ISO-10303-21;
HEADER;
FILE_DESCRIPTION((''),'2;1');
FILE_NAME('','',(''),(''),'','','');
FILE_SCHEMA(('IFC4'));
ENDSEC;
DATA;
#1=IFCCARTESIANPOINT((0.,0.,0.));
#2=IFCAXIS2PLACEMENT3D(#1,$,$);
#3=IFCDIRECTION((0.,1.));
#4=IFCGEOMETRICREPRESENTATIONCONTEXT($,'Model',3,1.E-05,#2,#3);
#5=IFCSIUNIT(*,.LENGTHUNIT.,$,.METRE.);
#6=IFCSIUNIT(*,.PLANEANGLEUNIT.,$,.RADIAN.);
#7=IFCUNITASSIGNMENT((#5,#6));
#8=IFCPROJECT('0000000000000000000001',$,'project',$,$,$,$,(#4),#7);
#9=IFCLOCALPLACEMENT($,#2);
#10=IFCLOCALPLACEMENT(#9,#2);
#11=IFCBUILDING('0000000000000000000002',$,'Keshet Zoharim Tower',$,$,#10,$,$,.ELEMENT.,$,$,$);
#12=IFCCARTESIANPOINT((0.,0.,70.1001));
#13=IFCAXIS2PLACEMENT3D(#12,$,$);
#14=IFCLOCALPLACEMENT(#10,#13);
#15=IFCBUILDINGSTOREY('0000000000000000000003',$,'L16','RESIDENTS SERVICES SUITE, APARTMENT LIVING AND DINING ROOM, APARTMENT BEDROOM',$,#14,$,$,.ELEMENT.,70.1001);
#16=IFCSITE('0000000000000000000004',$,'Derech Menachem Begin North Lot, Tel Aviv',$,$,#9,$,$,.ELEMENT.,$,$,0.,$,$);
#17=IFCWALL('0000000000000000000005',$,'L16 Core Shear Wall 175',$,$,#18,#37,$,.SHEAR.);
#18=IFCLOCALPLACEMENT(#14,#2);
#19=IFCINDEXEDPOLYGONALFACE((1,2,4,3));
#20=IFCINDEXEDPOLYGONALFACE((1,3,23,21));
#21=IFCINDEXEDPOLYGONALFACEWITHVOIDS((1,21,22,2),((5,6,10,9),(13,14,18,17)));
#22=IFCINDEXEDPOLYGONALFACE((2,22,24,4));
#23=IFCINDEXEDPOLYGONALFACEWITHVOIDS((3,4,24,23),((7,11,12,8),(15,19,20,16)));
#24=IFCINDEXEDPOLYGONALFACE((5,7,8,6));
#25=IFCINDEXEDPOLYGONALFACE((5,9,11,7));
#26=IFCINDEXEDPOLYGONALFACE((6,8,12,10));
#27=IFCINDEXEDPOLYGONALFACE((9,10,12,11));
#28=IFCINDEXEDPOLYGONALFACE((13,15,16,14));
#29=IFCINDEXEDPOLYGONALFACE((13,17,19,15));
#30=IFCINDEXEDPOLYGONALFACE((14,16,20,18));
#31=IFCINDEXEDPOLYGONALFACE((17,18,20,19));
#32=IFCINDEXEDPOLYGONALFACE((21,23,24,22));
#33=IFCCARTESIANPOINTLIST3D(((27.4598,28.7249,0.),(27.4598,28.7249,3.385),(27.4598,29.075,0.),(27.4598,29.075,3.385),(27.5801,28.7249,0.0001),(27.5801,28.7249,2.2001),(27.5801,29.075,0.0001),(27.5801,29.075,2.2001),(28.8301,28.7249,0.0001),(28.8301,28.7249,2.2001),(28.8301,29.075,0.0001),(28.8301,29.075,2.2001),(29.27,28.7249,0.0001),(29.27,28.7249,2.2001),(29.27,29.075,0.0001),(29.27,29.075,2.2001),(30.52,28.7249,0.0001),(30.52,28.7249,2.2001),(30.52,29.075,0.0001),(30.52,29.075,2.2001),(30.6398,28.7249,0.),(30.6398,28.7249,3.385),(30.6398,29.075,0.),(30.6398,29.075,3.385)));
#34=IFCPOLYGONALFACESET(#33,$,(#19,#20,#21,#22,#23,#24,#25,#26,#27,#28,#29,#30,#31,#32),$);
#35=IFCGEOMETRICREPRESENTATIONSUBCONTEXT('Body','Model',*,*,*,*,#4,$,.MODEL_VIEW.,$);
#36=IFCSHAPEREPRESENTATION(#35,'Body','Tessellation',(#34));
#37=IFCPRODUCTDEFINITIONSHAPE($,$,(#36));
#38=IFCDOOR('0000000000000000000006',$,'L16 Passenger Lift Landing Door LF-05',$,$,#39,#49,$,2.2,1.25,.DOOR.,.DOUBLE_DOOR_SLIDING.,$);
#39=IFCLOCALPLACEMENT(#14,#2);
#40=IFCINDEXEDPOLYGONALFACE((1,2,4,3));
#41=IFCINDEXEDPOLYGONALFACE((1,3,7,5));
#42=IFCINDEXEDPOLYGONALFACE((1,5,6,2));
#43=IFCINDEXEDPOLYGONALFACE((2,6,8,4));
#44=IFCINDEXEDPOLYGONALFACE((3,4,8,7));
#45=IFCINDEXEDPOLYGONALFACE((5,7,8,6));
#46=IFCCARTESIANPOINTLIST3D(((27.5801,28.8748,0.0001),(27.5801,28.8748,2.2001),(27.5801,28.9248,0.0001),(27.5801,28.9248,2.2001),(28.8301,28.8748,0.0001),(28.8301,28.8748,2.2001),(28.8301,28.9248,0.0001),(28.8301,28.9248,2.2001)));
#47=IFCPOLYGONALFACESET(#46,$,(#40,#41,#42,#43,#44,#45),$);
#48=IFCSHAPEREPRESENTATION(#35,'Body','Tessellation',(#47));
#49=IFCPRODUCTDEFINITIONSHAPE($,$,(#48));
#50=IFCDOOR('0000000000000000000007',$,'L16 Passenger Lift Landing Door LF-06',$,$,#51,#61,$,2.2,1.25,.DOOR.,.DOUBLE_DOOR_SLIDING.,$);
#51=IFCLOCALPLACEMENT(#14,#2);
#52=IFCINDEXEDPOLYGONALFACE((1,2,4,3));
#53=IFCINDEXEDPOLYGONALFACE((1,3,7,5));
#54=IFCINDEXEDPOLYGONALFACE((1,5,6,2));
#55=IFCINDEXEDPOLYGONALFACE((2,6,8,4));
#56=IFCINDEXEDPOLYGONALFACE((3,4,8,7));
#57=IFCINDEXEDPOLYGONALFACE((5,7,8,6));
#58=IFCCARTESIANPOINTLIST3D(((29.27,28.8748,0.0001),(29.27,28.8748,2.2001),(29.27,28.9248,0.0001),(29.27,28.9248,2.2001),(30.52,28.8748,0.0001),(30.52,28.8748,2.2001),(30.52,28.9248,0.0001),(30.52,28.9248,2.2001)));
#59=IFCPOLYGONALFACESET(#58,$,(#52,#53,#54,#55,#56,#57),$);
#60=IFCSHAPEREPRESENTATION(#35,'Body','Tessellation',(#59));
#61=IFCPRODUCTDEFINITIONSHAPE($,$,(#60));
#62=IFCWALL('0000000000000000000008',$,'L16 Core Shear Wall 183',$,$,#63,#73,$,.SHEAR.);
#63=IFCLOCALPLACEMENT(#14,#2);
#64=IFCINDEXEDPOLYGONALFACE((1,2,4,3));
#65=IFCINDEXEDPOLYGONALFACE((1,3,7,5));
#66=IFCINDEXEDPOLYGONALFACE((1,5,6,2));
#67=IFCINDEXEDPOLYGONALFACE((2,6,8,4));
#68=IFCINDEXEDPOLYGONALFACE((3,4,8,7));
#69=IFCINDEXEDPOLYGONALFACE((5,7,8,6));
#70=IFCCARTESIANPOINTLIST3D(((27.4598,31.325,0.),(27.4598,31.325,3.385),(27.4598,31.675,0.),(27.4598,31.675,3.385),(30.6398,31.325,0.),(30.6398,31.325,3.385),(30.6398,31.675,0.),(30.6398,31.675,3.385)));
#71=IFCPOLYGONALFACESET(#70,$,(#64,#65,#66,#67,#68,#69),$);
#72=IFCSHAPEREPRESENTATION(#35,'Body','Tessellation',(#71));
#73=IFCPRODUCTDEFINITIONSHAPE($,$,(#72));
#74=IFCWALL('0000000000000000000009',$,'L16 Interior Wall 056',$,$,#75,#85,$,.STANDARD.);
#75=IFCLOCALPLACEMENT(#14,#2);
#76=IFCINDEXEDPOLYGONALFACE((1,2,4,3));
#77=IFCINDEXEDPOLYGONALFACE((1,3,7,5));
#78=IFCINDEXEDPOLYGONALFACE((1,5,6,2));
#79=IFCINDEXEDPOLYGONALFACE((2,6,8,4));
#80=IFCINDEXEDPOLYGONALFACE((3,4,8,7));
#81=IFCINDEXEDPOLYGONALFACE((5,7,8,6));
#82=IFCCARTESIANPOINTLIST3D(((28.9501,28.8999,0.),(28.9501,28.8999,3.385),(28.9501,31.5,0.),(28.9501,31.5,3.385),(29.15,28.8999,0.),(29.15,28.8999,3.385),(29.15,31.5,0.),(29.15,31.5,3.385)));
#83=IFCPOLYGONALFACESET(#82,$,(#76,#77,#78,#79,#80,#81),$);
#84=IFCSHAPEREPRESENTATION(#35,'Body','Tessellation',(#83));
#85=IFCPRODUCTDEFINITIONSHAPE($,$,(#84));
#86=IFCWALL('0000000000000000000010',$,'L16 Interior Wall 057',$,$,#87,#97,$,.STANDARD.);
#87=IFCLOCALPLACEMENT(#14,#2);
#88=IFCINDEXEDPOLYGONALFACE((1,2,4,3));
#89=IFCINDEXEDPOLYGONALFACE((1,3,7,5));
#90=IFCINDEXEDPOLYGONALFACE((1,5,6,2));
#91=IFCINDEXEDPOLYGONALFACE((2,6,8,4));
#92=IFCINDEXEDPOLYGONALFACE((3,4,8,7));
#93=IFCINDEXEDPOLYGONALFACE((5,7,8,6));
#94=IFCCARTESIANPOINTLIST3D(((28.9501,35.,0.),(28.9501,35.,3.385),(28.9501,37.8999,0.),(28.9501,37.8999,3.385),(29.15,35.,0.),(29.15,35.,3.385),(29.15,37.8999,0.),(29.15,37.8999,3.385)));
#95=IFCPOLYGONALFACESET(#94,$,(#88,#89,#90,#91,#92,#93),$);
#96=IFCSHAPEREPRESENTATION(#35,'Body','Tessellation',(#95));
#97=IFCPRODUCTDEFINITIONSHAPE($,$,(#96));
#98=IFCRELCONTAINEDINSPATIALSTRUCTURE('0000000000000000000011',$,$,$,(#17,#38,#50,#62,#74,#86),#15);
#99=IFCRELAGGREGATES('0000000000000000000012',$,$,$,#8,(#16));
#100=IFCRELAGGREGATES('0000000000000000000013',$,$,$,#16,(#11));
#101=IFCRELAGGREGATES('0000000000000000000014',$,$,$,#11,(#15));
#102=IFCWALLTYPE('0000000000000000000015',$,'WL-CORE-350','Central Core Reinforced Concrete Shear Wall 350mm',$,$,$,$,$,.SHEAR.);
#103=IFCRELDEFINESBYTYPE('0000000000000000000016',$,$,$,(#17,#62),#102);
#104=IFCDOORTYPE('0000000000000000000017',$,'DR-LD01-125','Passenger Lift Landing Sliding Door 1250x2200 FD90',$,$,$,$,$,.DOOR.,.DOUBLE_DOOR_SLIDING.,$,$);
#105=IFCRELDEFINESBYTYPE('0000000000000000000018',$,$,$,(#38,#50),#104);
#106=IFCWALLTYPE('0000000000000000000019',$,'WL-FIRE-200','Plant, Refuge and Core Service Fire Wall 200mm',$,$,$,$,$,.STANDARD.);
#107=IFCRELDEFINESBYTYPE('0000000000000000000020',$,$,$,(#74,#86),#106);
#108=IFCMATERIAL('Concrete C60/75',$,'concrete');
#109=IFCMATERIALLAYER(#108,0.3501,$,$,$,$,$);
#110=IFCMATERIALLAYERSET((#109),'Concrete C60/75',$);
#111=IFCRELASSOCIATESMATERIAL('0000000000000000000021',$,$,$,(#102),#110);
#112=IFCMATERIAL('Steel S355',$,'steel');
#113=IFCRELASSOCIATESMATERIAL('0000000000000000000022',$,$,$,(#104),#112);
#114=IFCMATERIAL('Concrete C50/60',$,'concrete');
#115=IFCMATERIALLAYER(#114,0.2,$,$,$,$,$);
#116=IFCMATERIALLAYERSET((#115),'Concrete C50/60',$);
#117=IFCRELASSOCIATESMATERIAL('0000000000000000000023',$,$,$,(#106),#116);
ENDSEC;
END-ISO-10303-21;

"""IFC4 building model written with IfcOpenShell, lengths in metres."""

from ifc_helpers import new_model, si_unit, direction, frame, frame_2d, origin, place, context, subcontext, project, spatial, rectangle, extrude, material, layer, layer_set, type_object, element, fill, save


model = new_model("IFC4")

# Units and contexts
model_context = context("Model", 3, precision=1e-05, world=origin(), true_north=direction((0.0, 1.0)))
body_context = subcontext(model_context, "Body", "Model", "MODEL_VIEW")
ifc_project = project(units=[si_unit("LENGTHUNIT", "METRE"), si_unit("PLANEANGLEUNIT", "RADIAN")], contexts=[model_context])

# Site, building, storey
site_placement = place(None, origin())
site = spatial("IfcSite", under=ifc_project, at=site_placement, Name="Derech Menachem Begin North Lot, Tel Aviv", CompositionType="ELEMENT", RefElevation=0.0)
building_placement = place(site_placement, origin())
building = spatial("IfcBuilding", under=site, at=building_placement, Name="Keshet Zoharim Tower", CompositionType="ELEMENT")
storey_placement = place(building_placement, frame((0.0, 0.0, 70.1001)))
storey = spatial("IfcBuildingStorey", under=building, at=storey_placement, Name="L16", Description="RESIDENTS SERVICES SUITE, APARTMENT LIVING AND DINING ROOM, APARTMENT BEDROOM", CompositionType="ELEMENT", Elevation=70.1001)

# Shared definitions
ifc_material_1 = material(Name="Concrete C60/75", Category="concrete")

# Shared definitions
ifc_material_2 = material(Name="Steel S355", Category="steel")

# Shared definitions
ifc_layer_1 = layer(ifc_material_1, 0.3501)
ifc_layer_set_1 = layer_set([ifc_layer_1], Name="Concrete C60/75")
wall_type_1 = type_object("IfcWallType", Name="WL-CORE-350", Description="Central Core Reinforced Concrete Shear Wall 350mm", PredefinedType="SHEAR", material=ifc_layer_set_1)

# Wall, openings, doors
door_type_1 = type_object("IfcDoorType", Name="DR-LD01-125", Description="Passenger Lift Landing Sliding Door 1250x2200 FD90", OperationType="DOUBLE_DOOR_SLIDING", PredefinedType="DOOR", material=ifc_material_2)
wall_1_placement = place(storey_placement, frame((27.46, 28.8999, 0.0), z_axis=(0.0, 0.0, 1.0), x_axis=(1.0, 0.0, 0.0)))
wall_1 = element("IfcWall", 1, at=wall_1_placement, inside=storey, type_object=wall_type_1, Name="L16 Core Shear Wall 175", PredefinedType="SHEAR", context=body_context, shape_type="SweptSolid", body=[
    extrude(rectangle(XDim=3.1799, YDim=0.3501, at=frame_2d((1.5898, 0.0))), origin(), (0.0, 0.0, 1.0), 3.385),
])
opening_1_placement = place(wall_1_placement, frame((0.1201, 0.0, 0.0)))
opening_1 = element("IfcOpeningElement", 2, at=opening_1_placement, cuts=wall_1, PredefinedType="OPENING", context=body_context, shape_type="SweptSolid", body=[
    extrude(rectangle(XDim=1.25, YDim=2.2, at=frame_2d((0.625, 1.1001))), frame((0.0, 0.1851, 0.0), z_axis=(0.0, -1.0, 0.0), x_axis=(1.0, 0.0, 0.0)), (0.0, 0.0, 1.0), 0.3701),
])
opening_2_placement = place(wall_1_placement, frame((1.8101, 0.0, 0.0)))
opening_2 = element("IfcOpeningElement", 3, at=opening_2_placement, cuts=wall_1, PredefinedType="OPENING", context=body_context, shape_type="SweptSolid", body=[
    extrude(rectangle(XDim=1.25, YDim=2.2, at=frame_2d((0.625, 1.1001))), frame((0.0, 0.1851, 0.0), z_axis=(0.0, -1.0, 0.0), x_axis=(1.0, 0.0, 0.0)), (0.0, 0.0, 1.0), 0.3701),
])
door_1_placement = place(opening_1_placement, origin())
door_1 = element("IfcDoor", 4, at=door_1_placement, inside=storey, type_object=door_type_1, Name="L16 Passenger Lift Landing Door LF-05", OperationType="DOUBLE_DOOR_SLIDING", OverallHeight=2.2, OverallWidth=1.25, PredefinedType="DOOR", context=body_context, shape_type="SweptSolid", body=[
    extrude(rectangle(XDim=1.25, YDim=2.2, at=frame_2d((0.625, 1.1001))), frame((0.0, 0.0249, 0.0), z_axis=(0.0, -1.0, 0.0), x_axis=(1.0, 0.0, 0.0)), (0.0, 0.0, 1.0), 0.05),
])
fill(opening_1, door_1)
door_2_placement = place(opening_2_placement, origin())
door_2 = element("IfcDoor", 5, at=door_2_placement, inside=storey, type_object=door_type_1, Name="L16 Passenger Lift Landing Door LF-06", OperationType="DOUBLE_DOOR_SLIDING", OverallHeight=2.2, OverallWidth=1.25, PredefinedType="DOOR", context=body_context, shape_type="SweptSolid", body=[
    extrude(rectangle(XDim=1.25, YDim=2.2, at=frame_2d((0.625, 1.1001))), frame((0.0, 0.0249, 0.0), z_axis=(0.0, -1.0, 0.0), x_axis=(1.0, 0.0, 0.0)), (0.0, 0.0, 1.0), 0.05),
])
fill(opening_2, door_2)

# Walls
wall_2_placement = place(storey_placement, frame((27.46, 31.5, 0.0), z_axis=(0.0, 0.0, 1.0), x_axis=(1.0, 0.0, 0.0)))
element("IfcWall", 6, at=wall_2_placement, inside=storey, type_object=wall_type_1, Name="L16 Core Shear Wall 183", PredefinedType="SHEAR", context=body_context, shape_type="SweptSolid", body=[
    extrude(rectangle(XDim=3.1799, YDim=0.3501, at=frame_2d((1.5898, 0.0))), origin(), (0.0, 0.0, 1.0), 3.385),
])
ifc_material_3 = material(Name="Concrete C50/60", Category="concrete")
ifc_layer_2 = layer(ifc_material_3, 0.2)
ifc_layer_set_2 = layer_set([ifc_layer_2], Name="Concrete C50/60")
wall_type_2 = type_object("IfcWallType", Name="WL-FIRE-200", Description="Plant, Refuge and Core Service Fire Wall 200mm", PredefinedType="STANDARD", material=ifc_layer_set_2)
wall_3_placement = place(storey_placement, frame((29.05, 28.8999, 0.0), z_axis=(0.0, 0.0, 1.0), x_axis=(0.0, 1.0, 0.0)))
element("IfcWall", 7, at=wall_3_placement, inside=storey, type_object=wall_type_2, Name="L16 Interior Wall 056", PredefinedType="STANDARD", context=body_context, shape_type="SweptSolid", body=[
    extrude(rectangle(XDim=2.6001, YDim=0.2, at=frame_2d((1.3, 0.0))), origin(), (0.0, 0.0, 1.0), 3.385),
])
wall_4_placement = place(storey_placement, frame((29.05, 35.0, 0.0), z_axis=(0.0, 0.0, 1.0), x_axis=(0.0, 1.0, 0.0)))
element("IfcWall", 8, at=wall_4_placement, inside=storey, type_object=wall_type_2, Name="L16 Interior Wall 057", PredefinedType="STANDARD", context=body_context, shape_type="SweptSolid", body=[
    extrude(rectangle(XDim=2.8999, YDim=0.2, at=frame_2d((1.45, 0.0))), origin(), (0.0, 0.0, 1.0), 3.385),
])

save(model, "model.ifc")
